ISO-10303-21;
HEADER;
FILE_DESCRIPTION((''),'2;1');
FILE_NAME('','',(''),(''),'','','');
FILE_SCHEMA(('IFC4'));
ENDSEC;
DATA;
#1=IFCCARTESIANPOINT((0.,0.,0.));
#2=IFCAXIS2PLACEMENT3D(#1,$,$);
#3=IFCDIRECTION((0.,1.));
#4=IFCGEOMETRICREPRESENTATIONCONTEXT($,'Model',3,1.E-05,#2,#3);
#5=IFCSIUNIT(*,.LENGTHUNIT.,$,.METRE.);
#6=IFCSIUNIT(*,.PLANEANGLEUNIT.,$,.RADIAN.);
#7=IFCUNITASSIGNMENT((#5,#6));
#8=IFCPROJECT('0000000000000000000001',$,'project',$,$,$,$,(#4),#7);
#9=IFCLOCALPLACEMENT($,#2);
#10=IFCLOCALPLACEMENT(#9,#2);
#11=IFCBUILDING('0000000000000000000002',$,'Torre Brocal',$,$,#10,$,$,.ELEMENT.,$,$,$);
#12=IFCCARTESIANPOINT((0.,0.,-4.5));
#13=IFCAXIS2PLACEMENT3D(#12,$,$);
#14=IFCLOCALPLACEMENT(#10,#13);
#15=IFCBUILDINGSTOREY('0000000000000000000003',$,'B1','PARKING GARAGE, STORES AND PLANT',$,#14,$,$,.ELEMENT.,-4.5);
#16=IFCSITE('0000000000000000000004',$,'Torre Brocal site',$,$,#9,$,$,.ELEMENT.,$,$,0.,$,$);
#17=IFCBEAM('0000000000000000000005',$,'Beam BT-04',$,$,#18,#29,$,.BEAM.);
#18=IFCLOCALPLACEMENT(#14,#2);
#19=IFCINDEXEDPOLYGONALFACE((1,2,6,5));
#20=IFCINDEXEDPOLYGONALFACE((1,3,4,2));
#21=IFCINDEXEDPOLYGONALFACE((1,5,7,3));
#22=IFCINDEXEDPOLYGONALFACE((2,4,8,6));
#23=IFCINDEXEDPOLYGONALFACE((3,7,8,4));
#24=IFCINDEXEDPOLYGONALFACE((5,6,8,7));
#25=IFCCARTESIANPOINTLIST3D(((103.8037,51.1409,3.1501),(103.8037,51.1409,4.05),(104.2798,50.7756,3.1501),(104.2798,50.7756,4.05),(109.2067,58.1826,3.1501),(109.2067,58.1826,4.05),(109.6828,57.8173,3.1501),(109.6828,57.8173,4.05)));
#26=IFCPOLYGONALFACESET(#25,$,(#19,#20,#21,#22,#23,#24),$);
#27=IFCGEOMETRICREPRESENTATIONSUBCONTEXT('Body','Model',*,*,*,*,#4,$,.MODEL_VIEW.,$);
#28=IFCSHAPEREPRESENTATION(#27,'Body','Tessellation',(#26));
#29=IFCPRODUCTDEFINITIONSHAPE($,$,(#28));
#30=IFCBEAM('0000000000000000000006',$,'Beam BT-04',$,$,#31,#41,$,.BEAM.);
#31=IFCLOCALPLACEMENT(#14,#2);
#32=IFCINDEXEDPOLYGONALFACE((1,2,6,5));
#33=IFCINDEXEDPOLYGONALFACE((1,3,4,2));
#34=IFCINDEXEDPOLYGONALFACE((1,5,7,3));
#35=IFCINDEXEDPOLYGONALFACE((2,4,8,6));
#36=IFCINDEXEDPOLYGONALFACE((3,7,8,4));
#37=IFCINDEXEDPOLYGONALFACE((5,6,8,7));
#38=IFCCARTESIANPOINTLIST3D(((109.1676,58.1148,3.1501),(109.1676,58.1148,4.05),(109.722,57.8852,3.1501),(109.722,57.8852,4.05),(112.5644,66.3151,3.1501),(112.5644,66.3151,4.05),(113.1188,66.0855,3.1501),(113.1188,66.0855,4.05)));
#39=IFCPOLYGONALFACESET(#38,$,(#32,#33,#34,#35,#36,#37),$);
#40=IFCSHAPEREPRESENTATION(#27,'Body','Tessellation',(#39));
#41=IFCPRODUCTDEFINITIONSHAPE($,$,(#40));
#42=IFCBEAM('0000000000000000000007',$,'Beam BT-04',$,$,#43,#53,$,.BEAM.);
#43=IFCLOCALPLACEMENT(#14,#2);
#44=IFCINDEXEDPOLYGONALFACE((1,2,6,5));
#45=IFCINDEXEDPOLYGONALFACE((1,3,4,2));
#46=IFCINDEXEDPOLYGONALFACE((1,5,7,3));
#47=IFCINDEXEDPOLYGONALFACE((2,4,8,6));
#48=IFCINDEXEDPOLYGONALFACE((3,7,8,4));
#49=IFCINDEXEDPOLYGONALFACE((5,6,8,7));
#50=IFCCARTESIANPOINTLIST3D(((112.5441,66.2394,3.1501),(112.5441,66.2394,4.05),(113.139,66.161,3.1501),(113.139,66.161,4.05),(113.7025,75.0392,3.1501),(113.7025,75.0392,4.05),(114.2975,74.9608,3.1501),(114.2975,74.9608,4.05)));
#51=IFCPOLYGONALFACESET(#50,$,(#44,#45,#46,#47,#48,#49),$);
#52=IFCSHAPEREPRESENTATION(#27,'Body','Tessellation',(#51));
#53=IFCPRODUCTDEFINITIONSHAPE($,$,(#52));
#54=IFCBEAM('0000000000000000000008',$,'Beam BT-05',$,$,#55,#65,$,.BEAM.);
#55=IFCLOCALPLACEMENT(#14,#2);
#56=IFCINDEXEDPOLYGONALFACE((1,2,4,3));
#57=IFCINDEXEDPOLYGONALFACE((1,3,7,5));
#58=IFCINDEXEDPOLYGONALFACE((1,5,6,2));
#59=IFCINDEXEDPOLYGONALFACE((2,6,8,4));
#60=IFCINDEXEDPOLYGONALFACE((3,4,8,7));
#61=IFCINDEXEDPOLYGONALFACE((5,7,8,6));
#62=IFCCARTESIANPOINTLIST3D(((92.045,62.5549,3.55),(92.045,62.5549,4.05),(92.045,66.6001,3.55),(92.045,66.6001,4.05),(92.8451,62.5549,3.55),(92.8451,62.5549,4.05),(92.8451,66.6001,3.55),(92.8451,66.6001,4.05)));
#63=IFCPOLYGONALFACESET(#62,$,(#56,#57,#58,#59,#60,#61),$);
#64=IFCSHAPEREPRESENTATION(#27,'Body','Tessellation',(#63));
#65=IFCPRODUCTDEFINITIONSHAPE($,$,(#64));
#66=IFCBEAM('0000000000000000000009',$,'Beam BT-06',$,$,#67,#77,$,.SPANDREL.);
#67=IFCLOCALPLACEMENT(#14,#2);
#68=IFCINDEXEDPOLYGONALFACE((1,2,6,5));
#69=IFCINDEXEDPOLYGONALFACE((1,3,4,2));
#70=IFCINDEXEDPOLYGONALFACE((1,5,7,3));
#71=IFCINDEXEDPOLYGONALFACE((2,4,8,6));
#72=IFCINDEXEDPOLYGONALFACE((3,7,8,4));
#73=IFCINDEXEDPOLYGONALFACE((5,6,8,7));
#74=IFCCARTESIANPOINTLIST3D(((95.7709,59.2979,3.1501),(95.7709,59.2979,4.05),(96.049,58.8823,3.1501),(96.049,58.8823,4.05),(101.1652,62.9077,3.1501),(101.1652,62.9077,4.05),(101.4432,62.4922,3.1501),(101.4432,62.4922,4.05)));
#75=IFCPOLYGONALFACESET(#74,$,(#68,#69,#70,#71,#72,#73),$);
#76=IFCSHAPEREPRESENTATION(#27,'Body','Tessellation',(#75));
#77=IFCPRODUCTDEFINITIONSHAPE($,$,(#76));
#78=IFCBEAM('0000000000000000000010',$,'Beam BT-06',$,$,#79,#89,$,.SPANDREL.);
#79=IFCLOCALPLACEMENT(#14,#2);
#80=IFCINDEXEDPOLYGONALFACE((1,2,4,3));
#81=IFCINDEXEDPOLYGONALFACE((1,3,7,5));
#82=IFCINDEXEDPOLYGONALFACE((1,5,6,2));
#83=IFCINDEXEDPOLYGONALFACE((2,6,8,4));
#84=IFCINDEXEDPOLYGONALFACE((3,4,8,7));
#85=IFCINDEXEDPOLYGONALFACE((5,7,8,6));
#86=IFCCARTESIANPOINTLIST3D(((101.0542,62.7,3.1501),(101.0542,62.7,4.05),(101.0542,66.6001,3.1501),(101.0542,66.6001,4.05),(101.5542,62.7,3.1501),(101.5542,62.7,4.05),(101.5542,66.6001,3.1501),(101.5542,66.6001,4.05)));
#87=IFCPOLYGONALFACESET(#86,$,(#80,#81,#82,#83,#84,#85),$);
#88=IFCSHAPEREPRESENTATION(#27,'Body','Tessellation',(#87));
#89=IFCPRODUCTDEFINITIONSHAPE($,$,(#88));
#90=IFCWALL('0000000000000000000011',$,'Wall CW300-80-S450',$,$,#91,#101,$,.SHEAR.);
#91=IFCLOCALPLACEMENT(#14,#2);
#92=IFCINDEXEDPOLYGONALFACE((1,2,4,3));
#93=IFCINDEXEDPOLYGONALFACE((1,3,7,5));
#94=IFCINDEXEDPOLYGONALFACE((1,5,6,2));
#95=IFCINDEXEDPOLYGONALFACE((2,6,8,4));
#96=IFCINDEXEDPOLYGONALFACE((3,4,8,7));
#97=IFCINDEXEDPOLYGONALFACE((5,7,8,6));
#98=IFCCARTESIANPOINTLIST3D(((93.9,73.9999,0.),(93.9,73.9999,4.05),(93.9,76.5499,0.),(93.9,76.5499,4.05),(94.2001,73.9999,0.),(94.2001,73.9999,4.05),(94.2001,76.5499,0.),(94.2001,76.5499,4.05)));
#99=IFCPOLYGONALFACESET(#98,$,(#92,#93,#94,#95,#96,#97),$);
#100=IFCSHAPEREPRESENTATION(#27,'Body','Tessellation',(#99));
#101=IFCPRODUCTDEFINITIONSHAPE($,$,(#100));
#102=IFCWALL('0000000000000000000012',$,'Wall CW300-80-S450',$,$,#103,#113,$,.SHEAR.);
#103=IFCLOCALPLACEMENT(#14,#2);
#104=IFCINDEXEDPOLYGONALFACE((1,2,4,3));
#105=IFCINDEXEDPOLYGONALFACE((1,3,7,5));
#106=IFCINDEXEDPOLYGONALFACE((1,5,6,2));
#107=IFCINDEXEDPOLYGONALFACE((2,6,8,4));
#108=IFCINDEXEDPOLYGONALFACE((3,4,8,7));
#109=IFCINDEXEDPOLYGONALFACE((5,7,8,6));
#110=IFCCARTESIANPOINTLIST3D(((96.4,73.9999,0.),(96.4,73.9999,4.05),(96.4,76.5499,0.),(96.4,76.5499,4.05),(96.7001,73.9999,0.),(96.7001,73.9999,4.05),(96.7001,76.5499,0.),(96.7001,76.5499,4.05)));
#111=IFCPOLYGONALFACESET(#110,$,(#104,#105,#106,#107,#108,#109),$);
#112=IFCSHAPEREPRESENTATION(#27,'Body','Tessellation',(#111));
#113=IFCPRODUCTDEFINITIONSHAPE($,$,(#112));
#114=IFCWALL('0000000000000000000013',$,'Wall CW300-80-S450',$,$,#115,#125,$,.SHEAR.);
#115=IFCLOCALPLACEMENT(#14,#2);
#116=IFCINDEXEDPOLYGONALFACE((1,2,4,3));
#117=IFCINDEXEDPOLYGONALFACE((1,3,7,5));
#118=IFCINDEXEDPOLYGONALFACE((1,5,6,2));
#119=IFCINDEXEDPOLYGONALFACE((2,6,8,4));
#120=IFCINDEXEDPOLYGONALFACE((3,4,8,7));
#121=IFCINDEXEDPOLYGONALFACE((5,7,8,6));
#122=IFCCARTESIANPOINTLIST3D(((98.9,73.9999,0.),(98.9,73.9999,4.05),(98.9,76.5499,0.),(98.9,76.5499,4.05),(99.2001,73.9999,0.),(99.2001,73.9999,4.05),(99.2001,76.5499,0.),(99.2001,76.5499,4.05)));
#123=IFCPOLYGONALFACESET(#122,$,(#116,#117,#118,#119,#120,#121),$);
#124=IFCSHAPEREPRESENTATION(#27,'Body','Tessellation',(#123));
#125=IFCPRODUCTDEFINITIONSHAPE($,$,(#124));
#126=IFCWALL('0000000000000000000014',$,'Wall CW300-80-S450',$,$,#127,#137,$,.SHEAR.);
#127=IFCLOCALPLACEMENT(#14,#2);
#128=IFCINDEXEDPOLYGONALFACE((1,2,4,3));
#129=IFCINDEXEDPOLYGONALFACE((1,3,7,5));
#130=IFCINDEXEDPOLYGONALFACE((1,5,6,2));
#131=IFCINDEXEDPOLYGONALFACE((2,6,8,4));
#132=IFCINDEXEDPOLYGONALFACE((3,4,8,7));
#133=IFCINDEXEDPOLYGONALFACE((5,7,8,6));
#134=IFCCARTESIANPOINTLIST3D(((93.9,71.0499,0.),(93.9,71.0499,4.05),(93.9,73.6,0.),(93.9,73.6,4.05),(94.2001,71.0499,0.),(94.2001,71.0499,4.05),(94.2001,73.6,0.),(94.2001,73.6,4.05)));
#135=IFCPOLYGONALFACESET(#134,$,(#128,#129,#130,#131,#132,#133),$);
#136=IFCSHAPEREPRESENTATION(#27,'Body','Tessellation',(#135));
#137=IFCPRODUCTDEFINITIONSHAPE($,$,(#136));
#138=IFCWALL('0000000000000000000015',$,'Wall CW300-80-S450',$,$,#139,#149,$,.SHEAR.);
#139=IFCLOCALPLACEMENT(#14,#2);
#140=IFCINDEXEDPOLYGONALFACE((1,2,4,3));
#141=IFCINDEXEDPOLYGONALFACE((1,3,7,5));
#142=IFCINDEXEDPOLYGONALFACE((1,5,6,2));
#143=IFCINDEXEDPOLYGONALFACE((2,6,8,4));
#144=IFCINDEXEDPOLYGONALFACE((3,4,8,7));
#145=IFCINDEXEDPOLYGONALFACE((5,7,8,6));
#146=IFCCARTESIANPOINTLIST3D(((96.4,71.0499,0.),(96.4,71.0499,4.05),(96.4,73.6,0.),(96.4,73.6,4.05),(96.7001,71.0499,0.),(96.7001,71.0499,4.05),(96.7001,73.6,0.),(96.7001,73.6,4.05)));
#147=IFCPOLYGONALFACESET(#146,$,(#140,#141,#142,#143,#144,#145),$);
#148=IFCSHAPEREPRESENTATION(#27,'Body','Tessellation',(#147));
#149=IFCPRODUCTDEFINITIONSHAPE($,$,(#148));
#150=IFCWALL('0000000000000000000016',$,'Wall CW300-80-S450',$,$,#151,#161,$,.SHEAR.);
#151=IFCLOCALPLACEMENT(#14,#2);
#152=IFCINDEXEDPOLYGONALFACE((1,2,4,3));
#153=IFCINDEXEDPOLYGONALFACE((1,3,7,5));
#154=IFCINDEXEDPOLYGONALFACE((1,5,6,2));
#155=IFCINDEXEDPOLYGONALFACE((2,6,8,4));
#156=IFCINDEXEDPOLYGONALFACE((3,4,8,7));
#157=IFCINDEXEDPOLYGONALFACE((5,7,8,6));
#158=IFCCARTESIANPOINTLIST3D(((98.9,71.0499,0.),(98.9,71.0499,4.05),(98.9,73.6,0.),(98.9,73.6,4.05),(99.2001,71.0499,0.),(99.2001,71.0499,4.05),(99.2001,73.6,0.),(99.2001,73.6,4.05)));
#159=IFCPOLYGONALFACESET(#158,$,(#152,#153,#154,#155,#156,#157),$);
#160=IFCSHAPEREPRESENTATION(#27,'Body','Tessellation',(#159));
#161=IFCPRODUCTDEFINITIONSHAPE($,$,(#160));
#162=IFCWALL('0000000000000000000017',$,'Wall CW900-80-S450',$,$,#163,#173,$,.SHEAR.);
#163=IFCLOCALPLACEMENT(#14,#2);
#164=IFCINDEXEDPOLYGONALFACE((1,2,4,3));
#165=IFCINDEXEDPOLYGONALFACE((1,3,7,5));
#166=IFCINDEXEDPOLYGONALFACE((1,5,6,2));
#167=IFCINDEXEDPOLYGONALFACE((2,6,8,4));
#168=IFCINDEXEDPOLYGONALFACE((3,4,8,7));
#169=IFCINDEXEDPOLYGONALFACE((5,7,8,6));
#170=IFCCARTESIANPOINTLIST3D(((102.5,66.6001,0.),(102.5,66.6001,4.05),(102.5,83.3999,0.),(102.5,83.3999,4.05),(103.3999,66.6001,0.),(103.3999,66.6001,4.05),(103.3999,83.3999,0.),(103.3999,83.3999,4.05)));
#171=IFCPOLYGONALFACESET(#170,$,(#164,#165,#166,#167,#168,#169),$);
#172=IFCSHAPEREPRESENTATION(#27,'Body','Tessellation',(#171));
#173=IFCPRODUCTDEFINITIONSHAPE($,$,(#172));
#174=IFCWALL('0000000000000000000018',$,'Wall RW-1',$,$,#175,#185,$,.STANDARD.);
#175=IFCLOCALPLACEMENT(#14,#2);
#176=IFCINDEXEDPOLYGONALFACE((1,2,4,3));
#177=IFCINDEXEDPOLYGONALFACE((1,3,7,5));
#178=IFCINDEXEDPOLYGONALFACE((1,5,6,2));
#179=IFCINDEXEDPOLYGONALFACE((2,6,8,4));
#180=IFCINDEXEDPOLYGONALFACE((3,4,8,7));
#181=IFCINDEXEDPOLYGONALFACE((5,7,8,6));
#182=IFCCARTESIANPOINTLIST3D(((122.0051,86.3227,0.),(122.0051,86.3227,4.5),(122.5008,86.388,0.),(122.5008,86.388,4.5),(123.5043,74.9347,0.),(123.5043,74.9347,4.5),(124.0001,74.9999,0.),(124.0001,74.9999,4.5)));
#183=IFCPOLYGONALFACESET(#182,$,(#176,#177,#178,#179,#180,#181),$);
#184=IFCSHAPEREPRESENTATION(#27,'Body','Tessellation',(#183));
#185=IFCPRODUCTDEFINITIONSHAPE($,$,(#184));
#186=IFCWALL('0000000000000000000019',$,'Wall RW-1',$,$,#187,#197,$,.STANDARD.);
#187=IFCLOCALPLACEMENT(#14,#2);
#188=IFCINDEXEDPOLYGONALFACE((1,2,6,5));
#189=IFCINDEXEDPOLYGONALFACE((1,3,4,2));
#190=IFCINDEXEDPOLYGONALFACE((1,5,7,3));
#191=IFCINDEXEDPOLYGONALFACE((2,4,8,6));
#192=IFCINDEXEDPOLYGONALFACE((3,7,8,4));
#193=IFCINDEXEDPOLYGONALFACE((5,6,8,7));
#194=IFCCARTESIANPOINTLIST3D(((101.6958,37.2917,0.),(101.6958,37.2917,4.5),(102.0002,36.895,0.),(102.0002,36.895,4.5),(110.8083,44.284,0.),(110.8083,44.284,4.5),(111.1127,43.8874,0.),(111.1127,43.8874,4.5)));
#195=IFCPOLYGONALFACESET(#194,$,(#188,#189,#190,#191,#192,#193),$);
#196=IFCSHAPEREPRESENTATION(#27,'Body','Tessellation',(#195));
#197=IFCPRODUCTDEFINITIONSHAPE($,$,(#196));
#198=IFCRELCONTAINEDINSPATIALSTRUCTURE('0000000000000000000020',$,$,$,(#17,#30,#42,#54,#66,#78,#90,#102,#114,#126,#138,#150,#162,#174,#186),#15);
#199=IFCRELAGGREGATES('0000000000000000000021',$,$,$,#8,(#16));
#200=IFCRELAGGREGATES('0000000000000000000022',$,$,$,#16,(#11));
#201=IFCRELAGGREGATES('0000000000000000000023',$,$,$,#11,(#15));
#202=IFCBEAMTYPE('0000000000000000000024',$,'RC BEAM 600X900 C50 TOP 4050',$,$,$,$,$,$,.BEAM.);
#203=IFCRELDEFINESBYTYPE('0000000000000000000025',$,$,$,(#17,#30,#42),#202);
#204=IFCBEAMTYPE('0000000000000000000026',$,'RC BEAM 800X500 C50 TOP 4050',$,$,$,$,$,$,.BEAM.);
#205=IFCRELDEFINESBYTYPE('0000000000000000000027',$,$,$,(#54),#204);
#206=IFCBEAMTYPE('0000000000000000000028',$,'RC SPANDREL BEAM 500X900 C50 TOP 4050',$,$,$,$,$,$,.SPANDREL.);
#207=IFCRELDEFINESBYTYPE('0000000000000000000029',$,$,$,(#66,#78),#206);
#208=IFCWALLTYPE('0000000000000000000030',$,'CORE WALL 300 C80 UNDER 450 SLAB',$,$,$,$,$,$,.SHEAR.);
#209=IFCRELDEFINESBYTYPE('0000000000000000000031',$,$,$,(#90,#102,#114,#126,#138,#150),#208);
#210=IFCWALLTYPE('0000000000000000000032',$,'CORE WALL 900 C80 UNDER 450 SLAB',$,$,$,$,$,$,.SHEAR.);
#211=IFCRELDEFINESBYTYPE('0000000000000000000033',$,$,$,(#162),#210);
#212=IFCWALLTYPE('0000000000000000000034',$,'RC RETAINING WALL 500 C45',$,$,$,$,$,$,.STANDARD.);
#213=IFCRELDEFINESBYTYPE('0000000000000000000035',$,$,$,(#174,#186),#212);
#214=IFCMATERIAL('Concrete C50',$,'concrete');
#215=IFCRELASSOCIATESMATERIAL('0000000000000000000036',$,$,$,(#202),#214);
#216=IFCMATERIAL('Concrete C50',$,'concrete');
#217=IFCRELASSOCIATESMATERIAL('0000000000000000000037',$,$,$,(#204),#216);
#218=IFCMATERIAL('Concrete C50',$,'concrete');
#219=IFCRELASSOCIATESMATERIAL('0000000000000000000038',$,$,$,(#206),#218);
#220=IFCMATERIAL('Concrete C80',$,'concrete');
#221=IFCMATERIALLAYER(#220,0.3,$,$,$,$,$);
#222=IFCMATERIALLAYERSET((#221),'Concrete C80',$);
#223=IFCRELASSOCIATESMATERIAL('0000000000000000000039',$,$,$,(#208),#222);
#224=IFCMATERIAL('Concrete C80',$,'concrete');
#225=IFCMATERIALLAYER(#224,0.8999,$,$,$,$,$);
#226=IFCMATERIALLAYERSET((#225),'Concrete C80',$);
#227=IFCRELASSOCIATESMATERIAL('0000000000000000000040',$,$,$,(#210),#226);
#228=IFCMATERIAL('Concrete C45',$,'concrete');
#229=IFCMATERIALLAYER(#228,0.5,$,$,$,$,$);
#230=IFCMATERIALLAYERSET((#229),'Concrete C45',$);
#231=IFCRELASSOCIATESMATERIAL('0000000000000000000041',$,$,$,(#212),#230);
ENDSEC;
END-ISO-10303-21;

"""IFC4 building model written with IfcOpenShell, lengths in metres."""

from ifc_helpers import new_model, si_unit, direction, frame, frame_2d, origin, origin_2d, place, context, subcontext, project, spatial, rectangle, extrude, material, layer, layer_set, material_profile, profile_set, type_object, element, save


model = new_model("IFC4")

# Units and contexts
model_context = context("Model", 3, precision=1e-05, world=origin(), true_north=direction((0.0, 1.0)))
body_context = subcontext(model_context, "Body", "Model", "MODEL_VIEW")
ifc_project = project(units=[si_unit("LENGTHUNIT", "METRE"), si_unit("PLANEANGLEUNIT", "RADIAN")], contexts=[model_context])

# Site, building, storey
site_placement = place(None, origin())
site = spatial("IfcSite", under=ifc_project, at=site_placement, Name="Torre Brocal site", CompositionType="ELEMENT", RefElevation=0.0)
building_placement = place(site_placement, origin())
building = spatial("IfcBuilding", under=site, at=building_placement, Name="Torre Brocal", CompositionType="ELEMENT")
storey_placement = place(building_placement, frame((0.0, 0.0, -4.5)))
storey = spatial("IfcBuildingStorey", under=building, at=storey_placement, Name="B1", Description="PARKING GARAGE, STORES AND PLANT", CompositionType="ELEMENT", Elevation=-4.5)

# Beams
ifc_material_1 = material(Name="Concrete C50", Category="concrete")
ifc_material_profile_1 = material_profile(ifc_material_1, rectangle(XDim=0.6001, YDim=0.8999, at=origin_2d()), Name="RC 600X900")
ifc_profile_set_1 = profile_set([ifc_material_profile_1], Name="Concrete C50")
beam_type_1 = type_object("IfcBeamType", Name="RC BEAM 600X900 C50 TOP 4050", PredefinedType="BEAM", material=ifc_profile_set_1)
for number, where, z_axis, x_axis, name in (
    (1, (104.0417, 50.9583, 3.6001), (0.608744, 0.793367, 0.0), (-0.793367, 0.608744, 0.0), "Beam BT-04"),
):
    element("IfcBeam", number, at=place(storey_placement, frame(where, z_axis=z_axis, x_axis=x_axis)), inside=storey, type_object=beam_type_1, Name=name, PredefinedType="BEAM", context=body_context, shape_type="SweptSolid", body=[
        extrude(rectangle(XDim=0.6001, YDim=0.8999, at=origin_2d()), origin(), (0.0, 0.0, 1.0), 8.8757),
    ])
beam_1_placement = place(storey_placement, frame((109.4448, 58.0, 3.6001), z_axis=(0.382693, 0.923876, 0.0), x_axis=(-0.923876, 0.382693, 0.0)))
element("IfcBeam", 2, at=beam_1_placement, inside=storey, type_object=beam_type_1, Name="Beam BT-04", PredefinedType="BEAM", context=body_context, shape_type="SweptSolid", body=[
    extrude(rectangle(XDim=0.6001, YDim=0.8999, at=origin_2d()), origin(), (0.0, 0.0, 1.0), 8.876),
])
beam_2_placement = place(storey_placement, frame((112.8416, 66.2002, 3.6001), z_axis=(0.130519, 0.991446, 0.0), x_axis=(-0.991446, 0.130519, 0.0)))
element("IfcBeam", 3, at=beam_2_placement, inside=storey, type_object=beam_type_1, Name="Beam BT-04", PredefinedType="BEAM", context=body_context, shape_type="SweptSolid", body=[
    extrude(rectangle(XDim=0.6001, YDim=0.8999, at=origin_2d()), origin(), (0.0, 0.0, 1.0), 8.8757),
])
ifc_material_2 = material(Name="Concrete C50", Category="concrete")
ifc_material_profile_2 = material_profile(ifc_material_2, rectangle(XDim=0.8, YDim=0.5, at=origin_2d()), Name="RC 800X500")
ifc_profile_set_2 = profile_set([ifc_material_profile_2], Name="Concrete C50")
beam_type_2 = type_object("IfcBeamType", Name="RC BEAM 800X500 C50 TOP 4050", PredefinedType="BEAM", material=ifc_profile_set_2)
beam_3_placement = place(storey_placement, frame((92.4451, 62.5549, 3.8), z_axis=(0.0, 1.0, 0.0), x_axis=(-1.0, 0.0, 0.0)))
element("IfcBeam", 4, at=beam_3_placement, inside=storey, type_object=beam_type_2, Name="Beam BT-05", PredefinedType="BEAM", context=body_context, shape_type="SweptSolid", body=[
    extrude(rectangle(XDim=0.8, YDim=0.5, at=origin_2d()), origin(), (0.0, 0.0, 1.0), 4.0452),
])
ifc_material_3 = material(Name="Concrete C50", Category="concrete")
ifc_material_profile_3 = material_profile(ifc_material_3, rectangle(XDim=0.5, YDim=0.8999, at=origin_2d()), Name="RC 500X900")
ifc_profile_set_3 = profile_set([ifc_material_profile_3], Name="Concrete C50")
beam_type_3 = type_object("IfcBeamType", Name="RC SPANDREL BEAM 500X900 C50 TOP 4050", PredefinedType="SPANDREL", material=ifc_profile_set_3)
beam_4_placement = place(storey_placement, frame((95.9099, 59.0901, 3.6001), z_axis=(0.831077, 0.556158, 0.0), x_axis=(-0.556158, 0.831077, 0.0)))
element("IfcBeam", 5, at=beam_4_placement, inside=storey, type_object=beam_type_3, Name="Beam BT-06", PredefinedType="SPANDREL", context=body_context, shape_type="SweptSolid", body=[
    extrude(rectangle(XDim=0.5, YDim=0.8999, at=origin_2d()), origin(), (0.0, 0.0, 1.0), 6.4907),
])
beam_5_placement = place(storey_placement, frame((101.3042, 62.7, 3.6001), z_axis=(0.0, 1.0, 0.0), x_axis=(-1.0, 0.0, 0.0)))
element("IfcBeam", 6, at=beam_5_placement, inside=storey, type_object=beam_type_3, Name="Beam BT-06", PredefinedType="SPANDREL", context=body_context, shape_type="SweptSolid", body=[
    extrude(rectangle(XDim=0.5, YDim=0.8999, at=origin_2d()), origin(), (0.0, 0.0, 1.0), 3.9001),
])

# Walls
ifc_material_4 = material(Name="Concrete C80", Category="concrete")
ifc_layer_1 = layer(ifc_material_4, 0.3)
ifc_layer_set_1 = layer_set([ifc_layer_1], Name="Concrete C80")
wall_type_1 = type_object("IfcWallType", Name="CORE WALL 300 C80 UNDER 450 SLAB", PredefinedType="SHEAR", material=ifc_layer_set_1)
for number, where, z_axis, x_axis, name in (
    (7, (94.05, 74.0, 0.0), (0.0, 0.0, 1.0), (0.0, 1.0, 0.0), "Wall CW300-80-S450"),
    (8, (96.55, 74.0, 0.0), (0.0, 0.0, 1.0), (0.0, 1.0, 0.0), "Wall CW300-80-S450"),
    (9, (99.05, 74.0, 0.0), (0.0, 0.0, 1.0), (0.0, 1.0, 0.0), "Wall CW300-80-S450"),
    (10, (94.05, 71.05, 0.0), (0.0, 0.0, 1.0), (0.0, 1.0, 0.0), "Wall CW300-80-S450"),
    (11, (96.55, 71.05, 0.0), (0.0, 0.0, 1.0), (0.0, 1.0, 0.0), "Wall CW300-80-S450"),
    (12, (99.05, 71.05, 0.0), (0.0, 0.0, 1.0), (0.0, 1.0, 0.0), "Wall CW300-80-S450"),
):
    element("IfcWall", number, at=place(storey_placement, frame(where, z_axis=z_axis, x_axis=x_axis)), inside=storey, type_object=wall_type_1, Name=name, PredefinedType="SHEAR", context=body_context, shape_type="SweptSolid", body=[
        extrude(rectangle(XDim=2.55, YDim=0.3, at=frame_2d((1.2749, 0.0))), origin(), (0.0, 0.0, 1.0), 4.05),
    ])
ifc_material_5 = material(Name="Concrete C80", Category="concrete")
ifc_layer_2 = layer(ifc_material_5, 0.8999)
ifc_layer_set_2 = layer_set([ifc_layer_2], Name="Concrete C80")
wall_type_2 = type_object("IfcWallType", Name="CORE WALL 900 C80 UNDER 450 SLAB", PredefinedType="SHEAR", material=ifc_layer_set_2)
wall_1_placement = place(storey_placement, frame((102.95, 66.6001, 0.0), z_axis=(0.0, 0.0, 1.0), x_axis=(0.0, 1.0, 0.0)))
element("IfcWall", 13, at=wall_1_placement, inside=storey, type_object=wall_type_2, Name="Wall CW900-80-S450", PredefinedType="SHEAR", context=body_context, shape_type="SweptSolid", body=[
    extrude(rectangle(XDim=16.7998, YDim=0.8999, at=frame_2d((8.3999, 0.0))), origin(), (0.0, 0.0, 1.0), 4.05),
])
ifc_material_6 = material(Name="Concrete C45", Category="concrete")
ifc_layer_3 = layer(ifc_material_6, 0.5)
ifc_layer_set_3 = layer_set([ifc_layer_3], Name="Concrete C45")
wall_type_3 = type_object("IfcWallType", Name="RC RETAINING WALL 500 C45", PredefinedType="STANDARD", material=ifc_layer_set_3)
wall_2_placement = place(storey_placement, frame((123.7522, 74.9673, 0.0), z_axis=(0.0, 0.0, 1.0), x_axis=(-0.130525, 0.991445, 0.0)))
element("IfcWall", 14, at=wall_2_placement, inside=storey, type_object=wall_type_3, Name="Wall RW-1", PredefinedType="STANDARD", context=body_context, shape_type="SweptSolid", body=[
    extrude(rectangle(XDim=11.4863, YDim=0.5, at=frame_2d((5.7432, 0.0))), origin(), (0.0, 0.0, 1.0), 4.5),
])
for number, where, z_axis, x_axis, name in (
    (15, (101.8479, 37.0933, 0.0), (0.0, 0.0, 1.0), (0.793348, 0.608768, 0.0), "Wall RW-1"),
):
    element("IfcWall", number, at=place(storey_placement, frame(where, z_axis=z_axis, x_axis=x_axis)), inside=storey, type_object=wall_type_3, Name=name, PredefinedType="STANDARD", context=body_context, shape_type="SweptSolid", body=[
        extrude(rectangle(XDim=11.4861, YDim=0.5, at=frame_2d((5.7432, 0.0))), origin(), (0.0, 0.0, 1.0), 4.5),
    ])

save(model, "model.ifc")
